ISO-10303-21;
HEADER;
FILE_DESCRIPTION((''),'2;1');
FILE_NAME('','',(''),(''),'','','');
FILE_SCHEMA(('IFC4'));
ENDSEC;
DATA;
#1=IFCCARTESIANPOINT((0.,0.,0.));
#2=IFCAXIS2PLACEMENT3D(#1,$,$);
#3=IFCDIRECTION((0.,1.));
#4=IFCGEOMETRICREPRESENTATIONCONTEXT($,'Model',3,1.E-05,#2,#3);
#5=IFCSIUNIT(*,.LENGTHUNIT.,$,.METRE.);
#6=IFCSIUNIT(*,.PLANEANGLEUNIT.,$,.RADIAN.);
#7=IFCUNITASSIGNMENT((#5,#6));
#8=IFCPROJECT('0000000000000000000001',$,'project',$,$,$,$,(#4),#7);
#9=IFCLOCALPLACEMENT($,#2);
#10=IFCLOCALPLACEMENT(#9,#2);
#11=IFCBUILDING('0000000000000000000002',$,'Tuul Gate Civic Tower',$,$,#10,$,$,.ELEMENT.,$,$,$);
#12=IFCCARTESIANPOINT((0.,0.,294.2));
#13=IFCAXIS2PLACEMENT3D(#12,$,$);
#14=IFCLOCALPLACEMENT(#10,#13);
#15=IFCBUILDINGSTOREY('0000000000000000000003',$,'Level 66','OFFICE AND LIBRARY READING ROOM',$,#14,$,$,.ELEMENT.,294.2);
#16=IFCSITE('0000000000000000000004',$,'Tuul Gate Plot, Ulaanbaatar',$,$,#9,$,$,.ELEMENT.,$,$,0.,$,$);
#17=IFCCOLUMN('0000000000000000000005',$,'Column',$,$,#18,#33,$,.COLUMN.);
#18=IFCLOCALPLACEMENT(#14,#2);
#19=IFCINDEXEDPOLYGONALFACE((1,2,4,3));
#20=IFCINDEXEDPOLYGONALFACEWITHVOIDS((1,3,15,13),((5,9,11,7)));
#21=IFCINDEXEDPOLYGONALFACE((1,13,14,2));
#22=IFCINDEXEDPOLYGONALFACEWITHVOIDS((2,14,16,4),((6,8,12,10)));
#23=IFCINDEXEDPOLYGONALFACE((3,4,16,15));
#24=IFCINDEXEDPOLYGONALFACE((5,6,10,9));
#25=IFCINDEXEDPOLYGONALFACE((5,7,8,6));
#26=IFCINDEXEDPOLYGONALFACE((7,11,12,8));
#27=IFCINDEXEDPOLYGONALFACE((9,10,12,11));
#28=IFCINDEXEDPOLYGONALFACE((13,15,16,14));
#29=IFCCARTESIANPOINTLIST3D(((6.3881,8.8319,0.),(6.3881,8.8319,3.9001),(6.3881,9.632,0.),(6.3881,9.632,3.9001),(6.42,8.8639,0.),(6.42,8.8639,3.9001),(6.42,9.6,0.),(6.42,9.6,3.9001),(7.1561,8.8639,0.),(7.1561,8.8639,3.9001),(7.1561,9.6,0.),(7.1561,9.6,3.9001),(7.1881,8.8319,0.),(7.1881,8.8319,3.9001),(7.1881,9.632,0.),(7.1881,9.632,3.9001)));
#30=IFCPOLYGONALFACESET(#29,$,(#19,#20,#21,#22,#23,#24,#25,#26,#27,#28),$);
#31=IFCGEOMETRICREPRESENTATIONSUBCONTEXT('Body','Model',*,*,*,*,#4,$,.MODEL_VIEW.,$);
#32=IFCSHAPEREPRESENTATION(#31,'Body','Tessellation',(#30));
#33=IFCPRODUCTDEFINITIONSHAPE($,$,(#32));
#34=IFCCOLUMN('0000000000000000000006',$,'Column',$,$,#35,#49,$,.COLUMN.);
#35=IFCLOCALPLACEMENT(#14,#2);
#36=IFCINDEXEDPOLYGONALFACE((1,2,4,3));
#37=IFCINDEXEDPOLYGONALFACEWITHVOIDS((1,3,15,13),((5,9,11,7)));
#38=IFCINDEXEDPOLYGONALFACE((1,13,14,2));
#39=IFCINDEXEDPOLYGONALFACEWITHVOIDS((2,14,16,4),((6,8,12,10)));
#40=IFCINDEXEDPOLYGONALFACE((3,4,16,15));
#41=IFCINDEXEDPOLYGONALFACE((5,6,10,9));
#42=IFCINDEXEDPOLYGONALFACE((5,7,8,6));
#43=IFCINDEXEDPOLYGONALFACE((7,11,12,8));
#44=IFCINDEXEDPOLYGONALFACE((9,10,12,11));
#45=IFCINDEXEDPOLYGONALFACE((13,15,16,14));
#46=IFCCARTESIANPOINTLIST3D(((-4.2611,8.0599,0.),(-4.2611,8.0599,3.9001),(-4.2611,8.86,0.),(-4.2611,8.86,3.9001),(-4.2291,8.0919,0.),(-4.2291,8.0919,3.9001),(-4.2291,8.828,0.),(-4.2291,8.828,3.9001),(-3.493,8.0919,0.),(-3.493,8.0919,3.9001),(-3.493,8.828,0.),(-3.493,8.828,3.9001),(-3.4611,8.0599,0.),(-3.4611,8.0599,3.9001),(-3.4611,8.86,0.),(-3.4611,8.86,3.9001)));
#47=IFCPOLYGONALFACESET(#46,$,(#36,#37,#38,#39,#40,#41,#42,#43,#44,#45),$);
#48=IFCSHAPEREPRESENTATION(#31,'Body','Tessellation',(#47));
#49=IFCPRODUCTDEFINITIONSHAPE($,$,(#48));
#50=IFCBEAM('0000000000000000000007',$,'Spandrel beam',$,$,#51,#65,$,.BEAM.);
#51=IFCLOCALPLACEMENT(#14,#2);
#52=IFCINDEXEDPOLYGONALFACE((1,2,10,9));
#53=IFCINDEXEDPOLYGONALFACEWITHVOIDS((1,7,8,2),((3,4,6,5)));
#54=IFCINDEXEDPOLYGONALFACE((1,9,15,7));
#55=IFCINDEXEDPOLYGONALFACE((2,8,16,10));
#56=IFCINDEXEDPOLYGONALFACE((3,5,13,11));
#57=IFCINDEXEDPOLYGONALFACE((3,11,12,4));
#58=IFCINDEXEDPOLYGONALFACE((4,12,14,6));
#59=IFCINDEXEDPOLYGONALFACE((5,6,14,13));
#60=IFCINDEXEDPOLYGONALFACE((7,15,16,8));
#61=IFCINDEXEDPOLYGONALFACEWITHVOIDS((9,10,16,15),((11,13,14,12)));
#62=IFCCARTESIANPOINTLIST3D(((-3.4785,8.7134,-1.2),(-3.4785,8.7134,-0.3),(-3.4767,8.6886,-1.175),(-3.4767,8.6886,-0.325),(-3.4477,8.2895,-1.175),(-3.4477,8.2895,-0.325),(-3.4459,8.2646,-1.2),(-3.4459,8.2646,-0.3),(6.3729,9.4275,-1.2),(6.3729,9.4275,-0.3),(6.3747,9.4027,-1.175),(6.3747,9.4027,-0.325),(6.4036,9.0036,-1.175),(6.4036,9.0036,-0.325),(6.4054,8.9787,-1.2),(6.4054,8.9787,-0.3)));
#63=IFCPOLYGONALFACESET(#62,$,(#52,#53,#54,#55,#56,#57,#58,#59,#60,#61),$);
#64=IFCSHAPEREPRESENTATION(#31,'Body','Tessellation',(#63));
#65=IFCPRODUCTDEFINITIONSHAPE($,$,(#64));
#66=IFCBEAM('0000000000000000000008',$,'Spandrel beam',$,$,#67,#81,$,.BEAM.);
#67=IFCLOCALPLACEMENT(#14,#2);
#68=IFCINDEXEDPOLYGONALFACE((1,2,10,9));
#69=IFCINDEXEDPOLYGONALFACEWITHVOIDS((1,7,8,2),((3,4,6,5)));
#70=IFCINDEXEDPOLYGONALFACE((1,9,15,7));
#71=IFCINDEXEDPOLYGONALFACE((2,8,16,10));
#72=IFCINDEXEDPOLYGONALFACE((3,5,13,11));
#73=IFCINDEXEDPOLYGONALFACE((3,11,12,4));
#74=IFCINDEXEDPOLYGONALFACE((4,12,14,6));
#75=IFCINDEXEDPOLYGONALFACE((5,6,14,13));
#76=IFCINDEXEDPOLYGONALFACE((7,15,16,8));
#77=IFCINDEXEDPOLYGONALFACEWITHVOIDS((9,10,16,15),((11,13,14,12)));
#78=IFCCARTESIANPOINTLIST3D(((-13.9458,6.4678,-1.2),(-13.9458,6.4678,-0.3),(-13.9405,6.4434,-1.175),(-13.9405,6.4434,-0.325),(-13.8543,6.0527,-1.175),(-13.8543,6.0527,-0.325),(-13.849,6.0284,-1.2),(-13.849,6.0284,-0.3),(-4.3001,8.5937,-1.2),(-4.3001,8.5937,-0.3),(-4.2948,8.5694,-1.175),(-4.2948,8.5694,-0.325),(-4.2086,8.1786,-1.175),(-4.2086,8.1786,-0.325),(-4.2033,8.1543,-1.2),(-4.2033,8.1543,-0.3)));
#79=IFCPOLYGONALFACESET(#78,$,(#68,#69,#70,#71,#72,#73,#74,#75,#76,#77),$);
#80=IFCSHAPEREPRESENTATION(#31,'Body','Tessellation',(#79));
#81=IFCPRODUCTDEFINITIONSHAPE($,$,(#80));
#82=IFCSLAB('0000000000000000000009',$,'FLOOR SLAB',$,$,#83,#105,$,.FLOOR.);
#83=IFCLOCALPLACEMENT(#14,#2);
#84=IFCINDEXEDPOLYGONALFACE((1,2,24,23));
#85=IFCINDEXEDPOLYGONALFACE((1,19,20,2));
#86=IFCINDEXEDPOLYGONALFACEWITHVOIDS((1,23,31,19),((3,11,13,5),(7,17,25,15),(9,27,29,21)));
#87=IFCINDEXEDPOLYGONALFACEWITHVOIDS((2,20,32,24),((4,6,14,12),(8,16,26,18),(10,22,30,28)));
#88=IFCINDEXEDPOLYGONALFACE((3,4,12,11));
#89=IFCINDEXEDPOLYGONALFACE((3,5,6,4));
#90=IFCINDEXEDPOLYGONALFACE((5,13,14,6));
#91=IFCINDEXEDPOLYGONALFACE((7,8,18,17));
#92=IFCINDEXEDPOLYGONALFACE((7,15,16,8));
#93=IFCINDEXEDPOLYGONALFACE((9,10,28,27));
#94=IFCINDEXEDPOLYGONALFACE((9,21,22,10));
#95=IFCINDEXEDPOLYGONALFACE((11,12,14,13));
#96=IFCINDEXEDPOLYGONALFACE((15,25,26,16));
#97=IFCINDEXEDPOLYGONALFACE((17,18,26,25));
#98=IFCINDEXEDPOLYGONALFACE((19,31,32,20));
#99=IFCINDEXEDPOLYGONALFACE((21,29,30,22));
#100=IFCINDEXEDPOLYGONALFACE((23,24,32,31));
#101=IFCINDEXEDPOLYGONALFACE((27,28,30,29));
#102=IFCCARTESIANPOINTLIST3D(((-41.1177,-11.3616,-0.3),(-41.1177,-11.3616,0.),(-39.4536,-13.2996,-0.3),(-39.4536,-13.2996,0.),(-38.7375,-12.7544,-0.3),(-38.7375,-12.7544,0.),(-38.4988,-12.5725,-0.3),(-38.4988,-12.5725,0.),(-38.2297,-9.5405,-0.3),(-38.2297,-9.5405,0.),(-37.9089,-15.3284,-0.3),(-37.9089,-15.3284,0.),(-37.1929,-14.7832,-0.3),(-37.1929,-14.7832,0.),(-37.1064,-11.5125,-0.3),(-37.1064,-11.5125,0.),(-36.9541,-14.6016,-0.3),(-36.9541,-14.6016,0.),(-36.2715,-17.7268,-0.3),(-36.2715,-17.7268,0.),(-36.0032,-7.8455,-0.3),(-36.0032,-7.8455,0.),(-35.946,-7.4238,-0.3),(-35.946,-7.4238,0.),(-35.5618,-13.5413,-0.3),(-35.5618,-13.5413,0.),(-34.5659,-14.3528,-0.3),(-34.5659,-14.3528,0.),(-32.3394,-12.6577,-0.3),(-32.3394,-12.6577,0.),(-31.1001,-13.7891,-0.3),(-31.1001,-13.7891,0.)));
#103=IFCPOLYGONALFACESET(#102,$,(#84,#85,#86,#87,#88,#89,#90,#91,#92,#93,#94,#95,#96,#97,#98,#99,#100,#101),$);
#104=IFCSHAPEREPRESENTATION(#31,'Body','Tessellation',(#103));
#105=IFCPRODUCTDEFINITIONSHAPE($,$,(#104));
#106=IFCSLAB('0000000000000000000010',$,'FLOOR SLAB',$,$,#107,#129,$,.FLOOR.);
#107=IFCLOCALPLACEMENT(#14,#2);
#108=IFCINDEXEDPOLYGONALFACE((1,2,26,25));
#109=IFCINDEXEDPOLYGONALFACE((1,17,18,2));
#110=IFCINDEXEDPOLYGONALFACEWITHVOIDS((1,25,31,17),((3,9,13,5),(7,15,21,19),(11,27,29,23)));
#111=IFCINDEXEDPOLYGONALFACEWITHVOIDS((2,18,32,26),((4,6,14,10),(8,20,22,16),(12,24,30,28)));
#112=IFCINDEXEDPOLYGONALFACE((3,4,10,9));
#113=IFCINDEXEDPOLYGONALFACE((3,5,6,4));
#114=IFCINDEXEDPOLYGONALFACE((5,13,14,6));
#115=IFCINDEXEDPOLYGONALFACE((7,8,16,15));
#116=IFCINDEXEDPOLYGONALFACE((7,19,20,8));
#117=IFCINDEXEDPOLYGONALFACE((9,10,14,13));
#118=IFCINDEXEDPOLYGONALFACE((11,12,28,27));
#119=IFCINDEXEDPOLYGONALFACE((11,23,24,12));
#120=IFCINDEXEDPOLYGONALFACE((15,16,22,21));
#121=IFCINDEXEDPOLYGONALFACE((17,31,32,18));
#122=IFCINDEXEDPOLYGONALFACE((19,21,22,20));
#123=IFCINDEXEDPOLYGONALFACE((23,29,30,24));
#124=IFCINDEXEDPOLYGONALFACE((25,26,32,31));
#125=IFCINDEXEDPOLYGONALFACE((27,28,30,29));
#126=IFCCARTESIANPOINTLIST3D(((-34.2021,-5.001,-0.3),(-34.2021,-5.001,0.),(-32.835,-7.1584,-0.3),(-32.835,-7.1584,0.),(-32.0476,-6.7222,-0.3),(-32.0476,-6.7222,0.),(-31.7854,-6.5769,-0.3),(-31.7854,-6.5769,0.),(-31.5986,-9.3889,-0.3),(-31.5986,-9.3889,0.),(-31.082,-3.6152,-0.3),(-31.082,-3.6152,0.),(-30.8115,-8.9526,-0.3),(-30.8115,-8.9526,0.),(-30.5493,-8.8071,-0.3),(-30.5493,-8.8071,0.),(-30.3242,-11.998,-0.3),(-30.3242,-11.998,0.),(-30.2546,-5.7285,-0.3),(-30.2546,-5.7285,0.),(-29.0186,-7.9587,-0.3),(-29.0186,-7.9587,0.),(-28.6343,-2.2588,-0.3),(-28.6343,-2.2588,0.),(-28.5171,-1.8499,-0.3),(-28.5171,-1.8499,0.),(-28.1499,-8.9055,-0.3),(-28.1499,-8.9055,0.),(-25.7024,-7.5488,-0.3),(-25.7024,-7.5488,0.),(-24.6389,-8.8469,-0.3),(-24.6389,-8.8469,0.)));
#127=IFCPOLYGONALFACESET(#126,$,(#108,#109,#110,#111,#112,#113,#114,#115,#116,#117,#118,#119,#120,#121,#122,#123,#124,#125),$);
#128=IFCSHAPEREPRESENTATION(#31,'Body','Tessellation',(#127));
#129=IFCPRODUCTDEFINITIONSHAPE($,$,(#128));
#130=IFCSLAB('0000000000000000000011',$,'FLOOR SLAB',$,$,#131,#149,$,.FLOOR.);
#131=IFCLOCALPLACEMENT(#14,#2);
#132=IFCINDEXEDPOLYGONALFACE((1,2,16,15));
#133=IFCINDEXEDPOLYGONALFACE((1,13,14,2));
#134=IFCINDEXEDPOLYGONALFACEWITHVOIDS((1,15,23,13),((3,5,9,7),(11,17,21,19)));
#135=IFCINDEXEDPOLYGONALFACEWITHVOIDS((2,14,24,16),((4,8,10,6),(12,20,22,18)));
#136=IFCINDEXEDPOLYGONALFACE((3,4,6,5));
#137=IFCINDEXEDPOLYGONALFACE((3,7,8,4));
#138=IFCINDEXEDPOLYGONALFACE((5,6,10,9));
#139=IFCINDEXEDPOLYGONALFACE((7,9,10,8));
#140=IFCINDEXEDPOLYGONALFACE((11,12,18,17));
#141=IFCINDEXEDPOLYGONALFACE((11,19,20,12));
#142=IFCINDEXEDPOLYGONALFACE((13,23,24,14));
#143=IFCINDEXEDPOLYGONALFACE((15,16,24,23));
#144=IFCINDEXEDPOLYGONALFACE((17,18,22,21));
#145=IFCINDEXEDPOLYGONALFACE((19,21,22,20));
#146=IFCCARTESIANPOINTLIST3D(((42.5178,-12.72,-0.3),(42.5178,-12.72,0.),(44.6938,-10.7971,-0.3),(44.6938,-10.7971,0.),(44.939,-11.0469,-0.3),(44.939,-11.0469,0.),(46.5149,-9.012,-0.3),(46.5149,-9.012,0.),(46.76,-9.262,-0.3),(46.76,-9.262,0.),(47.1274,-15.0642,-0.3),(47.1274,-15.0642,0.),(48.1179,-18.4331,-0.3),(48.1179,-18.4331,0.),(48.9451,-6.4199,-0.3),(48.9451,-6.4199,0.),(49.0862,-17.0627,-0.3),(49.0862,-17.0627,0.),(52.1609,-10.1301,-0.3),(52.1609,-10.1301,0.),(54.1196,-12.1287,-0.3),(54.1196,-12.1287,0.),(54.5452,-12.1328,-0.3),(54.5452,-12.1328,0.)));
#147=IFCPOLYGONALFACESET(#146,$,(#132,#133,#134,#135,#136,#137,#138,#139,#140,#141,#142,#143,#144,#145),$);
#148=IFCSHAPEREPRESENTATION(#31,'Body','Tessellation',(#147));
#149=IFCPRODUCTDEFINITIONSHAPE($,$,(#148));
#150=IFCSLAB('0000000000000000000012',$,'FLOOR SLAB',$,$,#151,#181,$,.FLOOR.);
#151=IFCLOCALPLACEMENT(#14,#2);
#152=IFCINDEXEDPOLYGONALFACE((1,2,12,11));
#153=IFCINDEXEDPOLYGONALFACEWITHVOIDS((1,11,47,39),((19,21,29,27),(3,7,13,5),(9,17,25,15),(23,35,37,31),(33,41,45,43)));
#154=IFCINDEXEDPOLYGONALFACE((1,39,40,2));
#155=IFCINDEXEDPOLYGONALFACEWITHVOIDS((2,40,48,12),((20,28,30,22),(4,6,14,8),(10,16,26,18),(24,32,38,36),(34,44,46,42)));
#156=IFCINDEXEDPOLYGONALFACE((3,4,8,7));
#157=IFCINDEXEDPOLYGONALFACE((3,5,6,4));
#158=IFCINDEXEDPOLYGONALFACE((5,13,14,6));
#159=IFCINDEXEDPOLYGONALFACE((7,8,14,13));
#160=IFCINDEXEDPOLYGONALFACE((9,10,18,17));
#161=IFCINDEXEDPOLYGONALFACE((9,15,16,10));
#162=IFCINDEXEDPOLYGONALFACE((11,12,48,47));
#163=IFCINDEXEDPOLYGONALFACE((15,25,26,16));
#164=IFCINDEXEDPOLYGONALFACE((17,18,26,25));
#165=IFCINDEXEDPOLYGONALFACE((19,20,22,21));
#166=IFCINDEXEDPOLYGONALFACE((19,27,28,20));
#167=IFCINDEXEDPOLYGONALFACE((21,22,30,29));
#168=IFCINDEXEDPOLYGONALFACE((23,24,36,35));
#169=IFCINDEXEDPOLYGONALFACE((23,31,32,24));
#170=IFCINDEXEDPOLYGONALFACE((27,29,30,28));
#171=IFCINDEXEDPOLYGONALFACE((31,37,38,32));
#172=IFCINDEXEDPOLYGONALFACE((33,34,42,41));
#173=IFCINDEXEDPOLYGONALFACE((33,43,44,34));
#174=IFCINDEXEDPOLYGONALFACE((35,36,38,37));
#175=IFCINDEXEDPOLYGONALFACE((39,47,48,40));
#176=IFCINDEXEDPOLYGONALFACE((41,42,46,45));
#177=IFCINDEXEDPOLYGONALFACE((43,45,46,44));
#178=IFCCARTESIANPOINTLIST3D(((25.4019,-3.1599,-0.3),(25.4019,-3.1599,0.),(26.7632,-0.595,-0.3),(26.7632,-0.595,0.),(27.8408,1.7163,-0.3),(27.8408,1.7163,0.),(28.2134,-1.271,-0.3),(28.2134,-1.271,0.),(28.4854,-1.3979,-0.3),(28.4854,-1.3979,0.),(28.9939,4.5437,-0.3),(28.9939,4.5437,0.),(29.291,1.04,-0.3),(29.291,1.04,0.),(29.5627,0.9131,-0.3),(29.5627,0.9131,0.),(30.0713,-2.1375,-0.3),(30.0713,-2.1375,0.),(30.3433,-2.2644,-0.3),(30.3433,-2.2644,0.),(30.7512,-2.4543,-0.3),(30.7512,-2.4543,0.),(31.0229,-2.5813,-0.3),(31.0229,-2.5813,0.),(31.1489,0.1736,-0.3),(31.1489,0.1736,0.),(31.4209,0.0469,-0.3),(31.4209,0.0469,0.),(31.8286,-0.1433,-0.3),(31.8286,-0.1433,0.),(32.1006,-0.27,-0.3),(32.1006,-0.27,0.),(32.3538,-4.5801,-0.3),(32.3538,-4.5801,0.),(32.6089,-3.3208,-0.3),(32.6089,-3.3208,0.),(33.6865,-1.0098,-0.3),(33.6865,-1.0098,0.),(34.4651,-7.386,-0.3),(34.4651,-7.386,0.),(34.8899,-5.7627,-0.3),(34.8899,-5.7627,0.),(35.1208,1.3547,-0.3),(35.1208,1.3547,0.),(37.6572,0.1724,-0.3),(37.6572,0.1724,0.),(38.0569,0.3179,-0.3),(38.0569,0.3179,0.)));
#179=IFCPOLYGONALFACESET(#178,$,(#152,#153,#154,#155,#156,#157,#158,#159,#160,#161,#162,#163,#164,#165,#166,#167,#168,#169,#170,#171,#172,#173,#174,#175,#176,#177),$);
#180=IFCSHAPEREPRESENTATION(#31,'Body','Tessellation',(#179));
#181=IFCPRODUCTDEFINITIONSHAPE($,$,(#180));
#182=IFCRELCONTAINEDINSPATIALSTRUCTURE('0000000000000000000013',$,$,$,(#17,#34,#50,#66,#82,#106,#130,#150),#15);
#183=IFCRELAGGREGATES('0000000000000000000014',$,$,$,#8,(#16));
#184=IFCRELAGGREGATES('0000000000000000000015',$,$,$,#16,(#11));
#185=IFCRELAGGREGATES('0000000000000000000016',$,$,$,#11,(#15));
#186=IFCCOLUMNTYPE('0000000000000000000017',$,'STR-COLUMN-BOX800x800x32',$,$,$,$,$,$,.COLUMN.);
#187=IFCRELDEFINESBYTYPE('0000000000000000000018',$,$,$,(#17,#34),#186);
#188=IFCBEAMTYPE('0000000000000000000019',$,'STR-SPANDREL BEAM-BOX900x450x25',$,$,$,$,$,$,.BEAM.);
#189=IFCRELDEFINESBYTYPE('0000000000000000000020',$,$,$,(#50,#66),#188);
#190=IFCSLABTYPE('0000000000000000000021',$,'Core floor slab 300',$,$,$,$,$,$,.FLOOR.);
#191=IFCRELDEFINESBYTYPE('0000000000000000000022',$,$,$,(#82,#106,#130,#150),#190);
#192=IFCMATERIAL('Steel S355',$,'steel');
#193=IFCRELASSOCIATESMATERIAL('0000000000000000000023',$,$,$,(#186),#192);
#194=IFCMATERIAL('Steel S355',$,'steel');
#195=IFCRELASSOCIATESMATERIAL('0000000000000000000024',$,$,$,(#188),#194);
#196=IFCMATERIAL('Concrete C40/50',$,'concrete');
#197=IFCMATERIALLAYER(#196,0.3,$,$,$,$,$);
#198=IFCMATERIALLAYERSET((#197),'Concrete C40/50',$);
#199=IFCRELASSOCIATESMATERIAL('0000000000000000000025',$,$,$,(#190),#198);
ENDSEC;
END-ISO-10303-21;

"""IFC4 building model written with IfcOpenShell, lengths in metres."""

from ifc_helpers import new_model, si_unit, direction, frame, origin, origin_2d, place, context, subcontext, project, spatial, polyline, hollow_rectangle, outline, extrude, material, layer, layer_set, material_profile, profile_set, type_object, element, save


model = new_model("IFC4")

# Units and contexts
model_context = context("Model", 3, precision=1e-05, world=origin(), true_north=direction((0.0, 1.0)))
body_context = subcontext(model_context, "Body", "Model", "MODEL_VIEW")
ifc_project = project(units=[si_unit("LENGTHUNIT", "METRE"), si_unit("PLANEANGLEUNIT", "RADIAN")], contexts=[model_context])

# Site, building, storey
site_placement = place(None, origin())
site = spatial("IfcSite", under=ifc_project, at=site_placement, Name="Tuul Gate Plot, Ulaanbaatar", CompositionType="ELEMENT", RefElevation=0.0)
building_placement = place(site_placement, origin())
building = spatial("IfcBuilding", under=site, at=building_placement, Name="Tuul Gate Civic Tower", CompositionType="ELEMENT")
storey_placement = place(building_placement, frame((0.0, 0.0, 294.2)))
storey = spatial("IfcBuildingStorey", under=building, at=storey_placement, Name="Level 66", Description="OFFICE AND LIBRARY READING ROOM", CompositionType="ELEMENT", Elevation=294.2)

# Columns
ifc_material_1 = material(Name="Steel S355", Category="steel")
ifc_material_profile_1 = material_profile(ifc_material_1, hollow_rectangle(XDim=0.8, YDim=0.8, WallThickness=0.032, at=origin_2d()), Name="BOX800x800x32")
ifc_profile_set_1 = profile_set([ifc_material_profile_1], Name="Steel S355")
column_type = type_object("IfcColumnType", Name="STR-COLUMN-BOX800x800x32", PredefinedType="COLUMN", material=ifc_profile_set_1)
for number, where, z_axis, x_axis, name in (
    (1, (6.7881, 9.2319, 0.0), (0.0, 0.0, 1.0), (1.0, 0.0, 0.0), "Column"),
    (2, (-3.8611, 8.46, 0.0), (0.0, 0.0, 1.0), (1.0, 0.0, 0.0), "Column"),
):
    element("IfcColumn", number, at=place(storey_placement, frame(where, z_axis=z_axis, x_axis=x_axis)), inside=storey, type_object=column_type, Name=name, PredefinedType="COLUMN", context=body_context, shape_type="SweptSolid", body=[
        extrude(hollow_rectangle(XDim=0.8, YDim=0.8, WallThickness=0.032, at=origin_2d()), origin(), (0.0, 0.0, 1.0), 3.9001),
    ])

# Beams
ifc_material_2 = material(Name="Steel S355", Category="steel")
ifc_material_profile_2 = material_profile(ifc_material_2, hollow_rectangle(XDim=0.45, YDim=0.8999, WallThickness=0.0249, at=origin_2d()), Name="BOX900x450x25")
ifc_profile_set_2 = profile_set([ifc_material_profile_2], Name="Steel S355")
beam_type = type_object("IfcBeamType", Name="STR-SPANDREL BEAM-BOX900x450x25", PredefinedType="BEAM", material=ifc_profile_set_2)
for number, where, z_axis, x_axis, name in (
    (3, (6.3892, 9.2031, -0.75), (-0.997383, -0.072299, 0.0), (0.072299, -0.997383, 0.0), "Spandrel beam"),
    (4, (-4.2517, 8.374, -0.75), (-0.976561, -0.215239, 0.0), (0.215239, -0.976561, 0.0), "Spandrel beam"),
):
    element("IfcBeam", number, at=place(storey_placement, frame(where, z_axis=z_axis, x_axis=x_axis)), inside=storey, type_object=beam_type, Name=name, PredefinedType="BEAM", context=body_context, shape_type="SweptSolid", body=[
        extrude(hollow_rectangle(XDim=0.45, YDim=0.8999, WallThickness=0.0249, at=origin_2d()), origin(), (0.0, 0.0, 1.0), 9.8772),
    ])

# Slabs
ifc_material_3 = material(Name="Concrete C40/50", Category="concrete")
ifc_layer_1 = layer(ifc_material_3, 0.3)
ifc_layer_set_1 = layer_set([ifc_layer_1], Name="Concrete C40/50")
slab_type_1 = type_object("IfcSlabType", Name="Core floor slab 300", PredefinedType="FLOOR", material=ifc_layer_set_1)
slab_1_placement = place(storey_placement, frame((0.0, 0.0, -0.3)))
element("IfcSlab", 5, at=slab_1_placement, inside=storey, type_object=slab_type_1, Name="FLOOR SLAB", PredefinedType="FLOOR", context=body_context, shape_type="SweptSolid", body=[
    extrude(outline(polyline([(-31.1001, -13.7891), (-35.946, -7.4238), (-41.1177, -11.3616), (-36.2715, -17.7268), (-31.1001, -13.7891)]), holes=[polyline([(-35.5618, -13.5413), (-37.1064, -11.5125), (-38.4988, -12.5725), (-36.9541, -14.6016), (-35.5618, -13.5413)]), polyline([(-37.1929, -14.7832), (-38.7375, -12.7544), (-39.4536, -13.2996), (-37.9089, -15.3284), (-37.1929, -14.7832)]), polyline([(-32.3394, -12.6577), (-34.5659, -14.3528), (-38.2297, -9.5405), (-36.0032, -7.8455), (-32.3394, -12.6577)])]), origin(), (0.0, 0.0, 1.0), 0.3),
])
slab_2_placement = place(storey_placement, frame((0.0, 0.0, -0.3)))
element("IfcSlab", 6, at=slab_2_placement, inside=storey, type_object=slab_type_1, Name="FLOOR SLAB", PredefinedType="FLOOR", context=body_context, shape_type="SweptSolid", body=[
    extrude(outline(polyline([(-24.6389, -8.8469), (-28.5171, -1.8499), (-34.2021, -5.001), (-30.3242, -11.998), (-24.6389, -8.8469)]), holes=[polyline([(-29.0186, -7.9587), (-30.2546, -5.7285), (-31.7854, -6.5769), (-30.5493, -8.8071), (-29.0186, -7.9587)]), polyline([(-30.8115, -8.9526), (-32.0476, -6.7222), (-32.835, -7.1584), (-31.5986, -9.3889), (-30.8115, -8.9526)]), polyline([(-25.7024, -7.5488), (-28.1499, -8.9055), (-31.082, -3.6152), (-28.6343, -2.2588), (-25.7024, -7.5488)])]), origin(), (0.0, 0.0, 1.0), 0.3),
])
slab_3_placement = place(storey_placement, frame((0.0, 0.0, -0.3)))
element("IfcSlab", 7, at=slab_3_placement, inside=storey, type_object=slab_type_1, Name="FLOOR SLAB", PredefinedType="FLOOR", context=body_context, shape_type="SweptSolid", body=[
    extrude(outline(polyline([(48.1179, -18.4331), (54.5452, -12.1328), (48.9451, -6.4199), (42.5178, -12.72), (48.1179, -18.4331)]), holes=[polyline([(44.939, -11.0469), (46.76, -9.262), (46.5149, -9.012), (44.6938, -10.7971), (44.939, -11.0469)]), polyline([(49.0862, -17.0627), (47.1274, -15.0642), (52.1609, -10.1301), (54.1196, -12.1287), (49.0862, -17.0627)])]), origin(), (0.0, 0.0, 1.0), 0.3),
])
slab_4_placement = place(storey_placement, frame((0.0, 0.0, -0.3)))
element("IfcSlab", 8, at=slab_4_placement, inside=storey, type_object=slab_type_1, Name="FLOOR SLAB", PredefinedType="FLOOR", context=body_context, shape_type="SweptSolid", body=[
    extrude(outline(polyline([(34.4651, -7.386), (38.0569, 0.3179), (28.9939, 4.5437), (25.4019, -3.1599), (34.4651, -7.386)]), holes=[polyline([(32.6089, -3.3208), (33.6865, -1.0098), (32.1006, -0.27), (31.0229, -2.5813), (32.6089, -3.3208)]), polyline([(30.0713, -2.1375), (31.1489, 0.1736), (29.5627, 0.9131), (28.4854, -1.3979), (30.0713, -2.1375)]), polyline([(30.7512, -2.4543), (31.8286, -0.1433), (31.4209, 0.0469), (30.3433, -2.2644), (30.7512, -2.4543)]), polyline([(28.2134, -1.271), (29.291, 1.04), (27.8408, 1.7163), (26.7632, -0.595), (28.2134, -1.271)]), polyline([(34.8899, -5.7627), (32.3538, -4.5801), (35.1208, 1.3547), (37.6572, 0.1724), (34.8899, -5.7627)])]), origin(), (0.0, 0.0, 1.0), 0.3),
])

save(model, "model.ifc")
